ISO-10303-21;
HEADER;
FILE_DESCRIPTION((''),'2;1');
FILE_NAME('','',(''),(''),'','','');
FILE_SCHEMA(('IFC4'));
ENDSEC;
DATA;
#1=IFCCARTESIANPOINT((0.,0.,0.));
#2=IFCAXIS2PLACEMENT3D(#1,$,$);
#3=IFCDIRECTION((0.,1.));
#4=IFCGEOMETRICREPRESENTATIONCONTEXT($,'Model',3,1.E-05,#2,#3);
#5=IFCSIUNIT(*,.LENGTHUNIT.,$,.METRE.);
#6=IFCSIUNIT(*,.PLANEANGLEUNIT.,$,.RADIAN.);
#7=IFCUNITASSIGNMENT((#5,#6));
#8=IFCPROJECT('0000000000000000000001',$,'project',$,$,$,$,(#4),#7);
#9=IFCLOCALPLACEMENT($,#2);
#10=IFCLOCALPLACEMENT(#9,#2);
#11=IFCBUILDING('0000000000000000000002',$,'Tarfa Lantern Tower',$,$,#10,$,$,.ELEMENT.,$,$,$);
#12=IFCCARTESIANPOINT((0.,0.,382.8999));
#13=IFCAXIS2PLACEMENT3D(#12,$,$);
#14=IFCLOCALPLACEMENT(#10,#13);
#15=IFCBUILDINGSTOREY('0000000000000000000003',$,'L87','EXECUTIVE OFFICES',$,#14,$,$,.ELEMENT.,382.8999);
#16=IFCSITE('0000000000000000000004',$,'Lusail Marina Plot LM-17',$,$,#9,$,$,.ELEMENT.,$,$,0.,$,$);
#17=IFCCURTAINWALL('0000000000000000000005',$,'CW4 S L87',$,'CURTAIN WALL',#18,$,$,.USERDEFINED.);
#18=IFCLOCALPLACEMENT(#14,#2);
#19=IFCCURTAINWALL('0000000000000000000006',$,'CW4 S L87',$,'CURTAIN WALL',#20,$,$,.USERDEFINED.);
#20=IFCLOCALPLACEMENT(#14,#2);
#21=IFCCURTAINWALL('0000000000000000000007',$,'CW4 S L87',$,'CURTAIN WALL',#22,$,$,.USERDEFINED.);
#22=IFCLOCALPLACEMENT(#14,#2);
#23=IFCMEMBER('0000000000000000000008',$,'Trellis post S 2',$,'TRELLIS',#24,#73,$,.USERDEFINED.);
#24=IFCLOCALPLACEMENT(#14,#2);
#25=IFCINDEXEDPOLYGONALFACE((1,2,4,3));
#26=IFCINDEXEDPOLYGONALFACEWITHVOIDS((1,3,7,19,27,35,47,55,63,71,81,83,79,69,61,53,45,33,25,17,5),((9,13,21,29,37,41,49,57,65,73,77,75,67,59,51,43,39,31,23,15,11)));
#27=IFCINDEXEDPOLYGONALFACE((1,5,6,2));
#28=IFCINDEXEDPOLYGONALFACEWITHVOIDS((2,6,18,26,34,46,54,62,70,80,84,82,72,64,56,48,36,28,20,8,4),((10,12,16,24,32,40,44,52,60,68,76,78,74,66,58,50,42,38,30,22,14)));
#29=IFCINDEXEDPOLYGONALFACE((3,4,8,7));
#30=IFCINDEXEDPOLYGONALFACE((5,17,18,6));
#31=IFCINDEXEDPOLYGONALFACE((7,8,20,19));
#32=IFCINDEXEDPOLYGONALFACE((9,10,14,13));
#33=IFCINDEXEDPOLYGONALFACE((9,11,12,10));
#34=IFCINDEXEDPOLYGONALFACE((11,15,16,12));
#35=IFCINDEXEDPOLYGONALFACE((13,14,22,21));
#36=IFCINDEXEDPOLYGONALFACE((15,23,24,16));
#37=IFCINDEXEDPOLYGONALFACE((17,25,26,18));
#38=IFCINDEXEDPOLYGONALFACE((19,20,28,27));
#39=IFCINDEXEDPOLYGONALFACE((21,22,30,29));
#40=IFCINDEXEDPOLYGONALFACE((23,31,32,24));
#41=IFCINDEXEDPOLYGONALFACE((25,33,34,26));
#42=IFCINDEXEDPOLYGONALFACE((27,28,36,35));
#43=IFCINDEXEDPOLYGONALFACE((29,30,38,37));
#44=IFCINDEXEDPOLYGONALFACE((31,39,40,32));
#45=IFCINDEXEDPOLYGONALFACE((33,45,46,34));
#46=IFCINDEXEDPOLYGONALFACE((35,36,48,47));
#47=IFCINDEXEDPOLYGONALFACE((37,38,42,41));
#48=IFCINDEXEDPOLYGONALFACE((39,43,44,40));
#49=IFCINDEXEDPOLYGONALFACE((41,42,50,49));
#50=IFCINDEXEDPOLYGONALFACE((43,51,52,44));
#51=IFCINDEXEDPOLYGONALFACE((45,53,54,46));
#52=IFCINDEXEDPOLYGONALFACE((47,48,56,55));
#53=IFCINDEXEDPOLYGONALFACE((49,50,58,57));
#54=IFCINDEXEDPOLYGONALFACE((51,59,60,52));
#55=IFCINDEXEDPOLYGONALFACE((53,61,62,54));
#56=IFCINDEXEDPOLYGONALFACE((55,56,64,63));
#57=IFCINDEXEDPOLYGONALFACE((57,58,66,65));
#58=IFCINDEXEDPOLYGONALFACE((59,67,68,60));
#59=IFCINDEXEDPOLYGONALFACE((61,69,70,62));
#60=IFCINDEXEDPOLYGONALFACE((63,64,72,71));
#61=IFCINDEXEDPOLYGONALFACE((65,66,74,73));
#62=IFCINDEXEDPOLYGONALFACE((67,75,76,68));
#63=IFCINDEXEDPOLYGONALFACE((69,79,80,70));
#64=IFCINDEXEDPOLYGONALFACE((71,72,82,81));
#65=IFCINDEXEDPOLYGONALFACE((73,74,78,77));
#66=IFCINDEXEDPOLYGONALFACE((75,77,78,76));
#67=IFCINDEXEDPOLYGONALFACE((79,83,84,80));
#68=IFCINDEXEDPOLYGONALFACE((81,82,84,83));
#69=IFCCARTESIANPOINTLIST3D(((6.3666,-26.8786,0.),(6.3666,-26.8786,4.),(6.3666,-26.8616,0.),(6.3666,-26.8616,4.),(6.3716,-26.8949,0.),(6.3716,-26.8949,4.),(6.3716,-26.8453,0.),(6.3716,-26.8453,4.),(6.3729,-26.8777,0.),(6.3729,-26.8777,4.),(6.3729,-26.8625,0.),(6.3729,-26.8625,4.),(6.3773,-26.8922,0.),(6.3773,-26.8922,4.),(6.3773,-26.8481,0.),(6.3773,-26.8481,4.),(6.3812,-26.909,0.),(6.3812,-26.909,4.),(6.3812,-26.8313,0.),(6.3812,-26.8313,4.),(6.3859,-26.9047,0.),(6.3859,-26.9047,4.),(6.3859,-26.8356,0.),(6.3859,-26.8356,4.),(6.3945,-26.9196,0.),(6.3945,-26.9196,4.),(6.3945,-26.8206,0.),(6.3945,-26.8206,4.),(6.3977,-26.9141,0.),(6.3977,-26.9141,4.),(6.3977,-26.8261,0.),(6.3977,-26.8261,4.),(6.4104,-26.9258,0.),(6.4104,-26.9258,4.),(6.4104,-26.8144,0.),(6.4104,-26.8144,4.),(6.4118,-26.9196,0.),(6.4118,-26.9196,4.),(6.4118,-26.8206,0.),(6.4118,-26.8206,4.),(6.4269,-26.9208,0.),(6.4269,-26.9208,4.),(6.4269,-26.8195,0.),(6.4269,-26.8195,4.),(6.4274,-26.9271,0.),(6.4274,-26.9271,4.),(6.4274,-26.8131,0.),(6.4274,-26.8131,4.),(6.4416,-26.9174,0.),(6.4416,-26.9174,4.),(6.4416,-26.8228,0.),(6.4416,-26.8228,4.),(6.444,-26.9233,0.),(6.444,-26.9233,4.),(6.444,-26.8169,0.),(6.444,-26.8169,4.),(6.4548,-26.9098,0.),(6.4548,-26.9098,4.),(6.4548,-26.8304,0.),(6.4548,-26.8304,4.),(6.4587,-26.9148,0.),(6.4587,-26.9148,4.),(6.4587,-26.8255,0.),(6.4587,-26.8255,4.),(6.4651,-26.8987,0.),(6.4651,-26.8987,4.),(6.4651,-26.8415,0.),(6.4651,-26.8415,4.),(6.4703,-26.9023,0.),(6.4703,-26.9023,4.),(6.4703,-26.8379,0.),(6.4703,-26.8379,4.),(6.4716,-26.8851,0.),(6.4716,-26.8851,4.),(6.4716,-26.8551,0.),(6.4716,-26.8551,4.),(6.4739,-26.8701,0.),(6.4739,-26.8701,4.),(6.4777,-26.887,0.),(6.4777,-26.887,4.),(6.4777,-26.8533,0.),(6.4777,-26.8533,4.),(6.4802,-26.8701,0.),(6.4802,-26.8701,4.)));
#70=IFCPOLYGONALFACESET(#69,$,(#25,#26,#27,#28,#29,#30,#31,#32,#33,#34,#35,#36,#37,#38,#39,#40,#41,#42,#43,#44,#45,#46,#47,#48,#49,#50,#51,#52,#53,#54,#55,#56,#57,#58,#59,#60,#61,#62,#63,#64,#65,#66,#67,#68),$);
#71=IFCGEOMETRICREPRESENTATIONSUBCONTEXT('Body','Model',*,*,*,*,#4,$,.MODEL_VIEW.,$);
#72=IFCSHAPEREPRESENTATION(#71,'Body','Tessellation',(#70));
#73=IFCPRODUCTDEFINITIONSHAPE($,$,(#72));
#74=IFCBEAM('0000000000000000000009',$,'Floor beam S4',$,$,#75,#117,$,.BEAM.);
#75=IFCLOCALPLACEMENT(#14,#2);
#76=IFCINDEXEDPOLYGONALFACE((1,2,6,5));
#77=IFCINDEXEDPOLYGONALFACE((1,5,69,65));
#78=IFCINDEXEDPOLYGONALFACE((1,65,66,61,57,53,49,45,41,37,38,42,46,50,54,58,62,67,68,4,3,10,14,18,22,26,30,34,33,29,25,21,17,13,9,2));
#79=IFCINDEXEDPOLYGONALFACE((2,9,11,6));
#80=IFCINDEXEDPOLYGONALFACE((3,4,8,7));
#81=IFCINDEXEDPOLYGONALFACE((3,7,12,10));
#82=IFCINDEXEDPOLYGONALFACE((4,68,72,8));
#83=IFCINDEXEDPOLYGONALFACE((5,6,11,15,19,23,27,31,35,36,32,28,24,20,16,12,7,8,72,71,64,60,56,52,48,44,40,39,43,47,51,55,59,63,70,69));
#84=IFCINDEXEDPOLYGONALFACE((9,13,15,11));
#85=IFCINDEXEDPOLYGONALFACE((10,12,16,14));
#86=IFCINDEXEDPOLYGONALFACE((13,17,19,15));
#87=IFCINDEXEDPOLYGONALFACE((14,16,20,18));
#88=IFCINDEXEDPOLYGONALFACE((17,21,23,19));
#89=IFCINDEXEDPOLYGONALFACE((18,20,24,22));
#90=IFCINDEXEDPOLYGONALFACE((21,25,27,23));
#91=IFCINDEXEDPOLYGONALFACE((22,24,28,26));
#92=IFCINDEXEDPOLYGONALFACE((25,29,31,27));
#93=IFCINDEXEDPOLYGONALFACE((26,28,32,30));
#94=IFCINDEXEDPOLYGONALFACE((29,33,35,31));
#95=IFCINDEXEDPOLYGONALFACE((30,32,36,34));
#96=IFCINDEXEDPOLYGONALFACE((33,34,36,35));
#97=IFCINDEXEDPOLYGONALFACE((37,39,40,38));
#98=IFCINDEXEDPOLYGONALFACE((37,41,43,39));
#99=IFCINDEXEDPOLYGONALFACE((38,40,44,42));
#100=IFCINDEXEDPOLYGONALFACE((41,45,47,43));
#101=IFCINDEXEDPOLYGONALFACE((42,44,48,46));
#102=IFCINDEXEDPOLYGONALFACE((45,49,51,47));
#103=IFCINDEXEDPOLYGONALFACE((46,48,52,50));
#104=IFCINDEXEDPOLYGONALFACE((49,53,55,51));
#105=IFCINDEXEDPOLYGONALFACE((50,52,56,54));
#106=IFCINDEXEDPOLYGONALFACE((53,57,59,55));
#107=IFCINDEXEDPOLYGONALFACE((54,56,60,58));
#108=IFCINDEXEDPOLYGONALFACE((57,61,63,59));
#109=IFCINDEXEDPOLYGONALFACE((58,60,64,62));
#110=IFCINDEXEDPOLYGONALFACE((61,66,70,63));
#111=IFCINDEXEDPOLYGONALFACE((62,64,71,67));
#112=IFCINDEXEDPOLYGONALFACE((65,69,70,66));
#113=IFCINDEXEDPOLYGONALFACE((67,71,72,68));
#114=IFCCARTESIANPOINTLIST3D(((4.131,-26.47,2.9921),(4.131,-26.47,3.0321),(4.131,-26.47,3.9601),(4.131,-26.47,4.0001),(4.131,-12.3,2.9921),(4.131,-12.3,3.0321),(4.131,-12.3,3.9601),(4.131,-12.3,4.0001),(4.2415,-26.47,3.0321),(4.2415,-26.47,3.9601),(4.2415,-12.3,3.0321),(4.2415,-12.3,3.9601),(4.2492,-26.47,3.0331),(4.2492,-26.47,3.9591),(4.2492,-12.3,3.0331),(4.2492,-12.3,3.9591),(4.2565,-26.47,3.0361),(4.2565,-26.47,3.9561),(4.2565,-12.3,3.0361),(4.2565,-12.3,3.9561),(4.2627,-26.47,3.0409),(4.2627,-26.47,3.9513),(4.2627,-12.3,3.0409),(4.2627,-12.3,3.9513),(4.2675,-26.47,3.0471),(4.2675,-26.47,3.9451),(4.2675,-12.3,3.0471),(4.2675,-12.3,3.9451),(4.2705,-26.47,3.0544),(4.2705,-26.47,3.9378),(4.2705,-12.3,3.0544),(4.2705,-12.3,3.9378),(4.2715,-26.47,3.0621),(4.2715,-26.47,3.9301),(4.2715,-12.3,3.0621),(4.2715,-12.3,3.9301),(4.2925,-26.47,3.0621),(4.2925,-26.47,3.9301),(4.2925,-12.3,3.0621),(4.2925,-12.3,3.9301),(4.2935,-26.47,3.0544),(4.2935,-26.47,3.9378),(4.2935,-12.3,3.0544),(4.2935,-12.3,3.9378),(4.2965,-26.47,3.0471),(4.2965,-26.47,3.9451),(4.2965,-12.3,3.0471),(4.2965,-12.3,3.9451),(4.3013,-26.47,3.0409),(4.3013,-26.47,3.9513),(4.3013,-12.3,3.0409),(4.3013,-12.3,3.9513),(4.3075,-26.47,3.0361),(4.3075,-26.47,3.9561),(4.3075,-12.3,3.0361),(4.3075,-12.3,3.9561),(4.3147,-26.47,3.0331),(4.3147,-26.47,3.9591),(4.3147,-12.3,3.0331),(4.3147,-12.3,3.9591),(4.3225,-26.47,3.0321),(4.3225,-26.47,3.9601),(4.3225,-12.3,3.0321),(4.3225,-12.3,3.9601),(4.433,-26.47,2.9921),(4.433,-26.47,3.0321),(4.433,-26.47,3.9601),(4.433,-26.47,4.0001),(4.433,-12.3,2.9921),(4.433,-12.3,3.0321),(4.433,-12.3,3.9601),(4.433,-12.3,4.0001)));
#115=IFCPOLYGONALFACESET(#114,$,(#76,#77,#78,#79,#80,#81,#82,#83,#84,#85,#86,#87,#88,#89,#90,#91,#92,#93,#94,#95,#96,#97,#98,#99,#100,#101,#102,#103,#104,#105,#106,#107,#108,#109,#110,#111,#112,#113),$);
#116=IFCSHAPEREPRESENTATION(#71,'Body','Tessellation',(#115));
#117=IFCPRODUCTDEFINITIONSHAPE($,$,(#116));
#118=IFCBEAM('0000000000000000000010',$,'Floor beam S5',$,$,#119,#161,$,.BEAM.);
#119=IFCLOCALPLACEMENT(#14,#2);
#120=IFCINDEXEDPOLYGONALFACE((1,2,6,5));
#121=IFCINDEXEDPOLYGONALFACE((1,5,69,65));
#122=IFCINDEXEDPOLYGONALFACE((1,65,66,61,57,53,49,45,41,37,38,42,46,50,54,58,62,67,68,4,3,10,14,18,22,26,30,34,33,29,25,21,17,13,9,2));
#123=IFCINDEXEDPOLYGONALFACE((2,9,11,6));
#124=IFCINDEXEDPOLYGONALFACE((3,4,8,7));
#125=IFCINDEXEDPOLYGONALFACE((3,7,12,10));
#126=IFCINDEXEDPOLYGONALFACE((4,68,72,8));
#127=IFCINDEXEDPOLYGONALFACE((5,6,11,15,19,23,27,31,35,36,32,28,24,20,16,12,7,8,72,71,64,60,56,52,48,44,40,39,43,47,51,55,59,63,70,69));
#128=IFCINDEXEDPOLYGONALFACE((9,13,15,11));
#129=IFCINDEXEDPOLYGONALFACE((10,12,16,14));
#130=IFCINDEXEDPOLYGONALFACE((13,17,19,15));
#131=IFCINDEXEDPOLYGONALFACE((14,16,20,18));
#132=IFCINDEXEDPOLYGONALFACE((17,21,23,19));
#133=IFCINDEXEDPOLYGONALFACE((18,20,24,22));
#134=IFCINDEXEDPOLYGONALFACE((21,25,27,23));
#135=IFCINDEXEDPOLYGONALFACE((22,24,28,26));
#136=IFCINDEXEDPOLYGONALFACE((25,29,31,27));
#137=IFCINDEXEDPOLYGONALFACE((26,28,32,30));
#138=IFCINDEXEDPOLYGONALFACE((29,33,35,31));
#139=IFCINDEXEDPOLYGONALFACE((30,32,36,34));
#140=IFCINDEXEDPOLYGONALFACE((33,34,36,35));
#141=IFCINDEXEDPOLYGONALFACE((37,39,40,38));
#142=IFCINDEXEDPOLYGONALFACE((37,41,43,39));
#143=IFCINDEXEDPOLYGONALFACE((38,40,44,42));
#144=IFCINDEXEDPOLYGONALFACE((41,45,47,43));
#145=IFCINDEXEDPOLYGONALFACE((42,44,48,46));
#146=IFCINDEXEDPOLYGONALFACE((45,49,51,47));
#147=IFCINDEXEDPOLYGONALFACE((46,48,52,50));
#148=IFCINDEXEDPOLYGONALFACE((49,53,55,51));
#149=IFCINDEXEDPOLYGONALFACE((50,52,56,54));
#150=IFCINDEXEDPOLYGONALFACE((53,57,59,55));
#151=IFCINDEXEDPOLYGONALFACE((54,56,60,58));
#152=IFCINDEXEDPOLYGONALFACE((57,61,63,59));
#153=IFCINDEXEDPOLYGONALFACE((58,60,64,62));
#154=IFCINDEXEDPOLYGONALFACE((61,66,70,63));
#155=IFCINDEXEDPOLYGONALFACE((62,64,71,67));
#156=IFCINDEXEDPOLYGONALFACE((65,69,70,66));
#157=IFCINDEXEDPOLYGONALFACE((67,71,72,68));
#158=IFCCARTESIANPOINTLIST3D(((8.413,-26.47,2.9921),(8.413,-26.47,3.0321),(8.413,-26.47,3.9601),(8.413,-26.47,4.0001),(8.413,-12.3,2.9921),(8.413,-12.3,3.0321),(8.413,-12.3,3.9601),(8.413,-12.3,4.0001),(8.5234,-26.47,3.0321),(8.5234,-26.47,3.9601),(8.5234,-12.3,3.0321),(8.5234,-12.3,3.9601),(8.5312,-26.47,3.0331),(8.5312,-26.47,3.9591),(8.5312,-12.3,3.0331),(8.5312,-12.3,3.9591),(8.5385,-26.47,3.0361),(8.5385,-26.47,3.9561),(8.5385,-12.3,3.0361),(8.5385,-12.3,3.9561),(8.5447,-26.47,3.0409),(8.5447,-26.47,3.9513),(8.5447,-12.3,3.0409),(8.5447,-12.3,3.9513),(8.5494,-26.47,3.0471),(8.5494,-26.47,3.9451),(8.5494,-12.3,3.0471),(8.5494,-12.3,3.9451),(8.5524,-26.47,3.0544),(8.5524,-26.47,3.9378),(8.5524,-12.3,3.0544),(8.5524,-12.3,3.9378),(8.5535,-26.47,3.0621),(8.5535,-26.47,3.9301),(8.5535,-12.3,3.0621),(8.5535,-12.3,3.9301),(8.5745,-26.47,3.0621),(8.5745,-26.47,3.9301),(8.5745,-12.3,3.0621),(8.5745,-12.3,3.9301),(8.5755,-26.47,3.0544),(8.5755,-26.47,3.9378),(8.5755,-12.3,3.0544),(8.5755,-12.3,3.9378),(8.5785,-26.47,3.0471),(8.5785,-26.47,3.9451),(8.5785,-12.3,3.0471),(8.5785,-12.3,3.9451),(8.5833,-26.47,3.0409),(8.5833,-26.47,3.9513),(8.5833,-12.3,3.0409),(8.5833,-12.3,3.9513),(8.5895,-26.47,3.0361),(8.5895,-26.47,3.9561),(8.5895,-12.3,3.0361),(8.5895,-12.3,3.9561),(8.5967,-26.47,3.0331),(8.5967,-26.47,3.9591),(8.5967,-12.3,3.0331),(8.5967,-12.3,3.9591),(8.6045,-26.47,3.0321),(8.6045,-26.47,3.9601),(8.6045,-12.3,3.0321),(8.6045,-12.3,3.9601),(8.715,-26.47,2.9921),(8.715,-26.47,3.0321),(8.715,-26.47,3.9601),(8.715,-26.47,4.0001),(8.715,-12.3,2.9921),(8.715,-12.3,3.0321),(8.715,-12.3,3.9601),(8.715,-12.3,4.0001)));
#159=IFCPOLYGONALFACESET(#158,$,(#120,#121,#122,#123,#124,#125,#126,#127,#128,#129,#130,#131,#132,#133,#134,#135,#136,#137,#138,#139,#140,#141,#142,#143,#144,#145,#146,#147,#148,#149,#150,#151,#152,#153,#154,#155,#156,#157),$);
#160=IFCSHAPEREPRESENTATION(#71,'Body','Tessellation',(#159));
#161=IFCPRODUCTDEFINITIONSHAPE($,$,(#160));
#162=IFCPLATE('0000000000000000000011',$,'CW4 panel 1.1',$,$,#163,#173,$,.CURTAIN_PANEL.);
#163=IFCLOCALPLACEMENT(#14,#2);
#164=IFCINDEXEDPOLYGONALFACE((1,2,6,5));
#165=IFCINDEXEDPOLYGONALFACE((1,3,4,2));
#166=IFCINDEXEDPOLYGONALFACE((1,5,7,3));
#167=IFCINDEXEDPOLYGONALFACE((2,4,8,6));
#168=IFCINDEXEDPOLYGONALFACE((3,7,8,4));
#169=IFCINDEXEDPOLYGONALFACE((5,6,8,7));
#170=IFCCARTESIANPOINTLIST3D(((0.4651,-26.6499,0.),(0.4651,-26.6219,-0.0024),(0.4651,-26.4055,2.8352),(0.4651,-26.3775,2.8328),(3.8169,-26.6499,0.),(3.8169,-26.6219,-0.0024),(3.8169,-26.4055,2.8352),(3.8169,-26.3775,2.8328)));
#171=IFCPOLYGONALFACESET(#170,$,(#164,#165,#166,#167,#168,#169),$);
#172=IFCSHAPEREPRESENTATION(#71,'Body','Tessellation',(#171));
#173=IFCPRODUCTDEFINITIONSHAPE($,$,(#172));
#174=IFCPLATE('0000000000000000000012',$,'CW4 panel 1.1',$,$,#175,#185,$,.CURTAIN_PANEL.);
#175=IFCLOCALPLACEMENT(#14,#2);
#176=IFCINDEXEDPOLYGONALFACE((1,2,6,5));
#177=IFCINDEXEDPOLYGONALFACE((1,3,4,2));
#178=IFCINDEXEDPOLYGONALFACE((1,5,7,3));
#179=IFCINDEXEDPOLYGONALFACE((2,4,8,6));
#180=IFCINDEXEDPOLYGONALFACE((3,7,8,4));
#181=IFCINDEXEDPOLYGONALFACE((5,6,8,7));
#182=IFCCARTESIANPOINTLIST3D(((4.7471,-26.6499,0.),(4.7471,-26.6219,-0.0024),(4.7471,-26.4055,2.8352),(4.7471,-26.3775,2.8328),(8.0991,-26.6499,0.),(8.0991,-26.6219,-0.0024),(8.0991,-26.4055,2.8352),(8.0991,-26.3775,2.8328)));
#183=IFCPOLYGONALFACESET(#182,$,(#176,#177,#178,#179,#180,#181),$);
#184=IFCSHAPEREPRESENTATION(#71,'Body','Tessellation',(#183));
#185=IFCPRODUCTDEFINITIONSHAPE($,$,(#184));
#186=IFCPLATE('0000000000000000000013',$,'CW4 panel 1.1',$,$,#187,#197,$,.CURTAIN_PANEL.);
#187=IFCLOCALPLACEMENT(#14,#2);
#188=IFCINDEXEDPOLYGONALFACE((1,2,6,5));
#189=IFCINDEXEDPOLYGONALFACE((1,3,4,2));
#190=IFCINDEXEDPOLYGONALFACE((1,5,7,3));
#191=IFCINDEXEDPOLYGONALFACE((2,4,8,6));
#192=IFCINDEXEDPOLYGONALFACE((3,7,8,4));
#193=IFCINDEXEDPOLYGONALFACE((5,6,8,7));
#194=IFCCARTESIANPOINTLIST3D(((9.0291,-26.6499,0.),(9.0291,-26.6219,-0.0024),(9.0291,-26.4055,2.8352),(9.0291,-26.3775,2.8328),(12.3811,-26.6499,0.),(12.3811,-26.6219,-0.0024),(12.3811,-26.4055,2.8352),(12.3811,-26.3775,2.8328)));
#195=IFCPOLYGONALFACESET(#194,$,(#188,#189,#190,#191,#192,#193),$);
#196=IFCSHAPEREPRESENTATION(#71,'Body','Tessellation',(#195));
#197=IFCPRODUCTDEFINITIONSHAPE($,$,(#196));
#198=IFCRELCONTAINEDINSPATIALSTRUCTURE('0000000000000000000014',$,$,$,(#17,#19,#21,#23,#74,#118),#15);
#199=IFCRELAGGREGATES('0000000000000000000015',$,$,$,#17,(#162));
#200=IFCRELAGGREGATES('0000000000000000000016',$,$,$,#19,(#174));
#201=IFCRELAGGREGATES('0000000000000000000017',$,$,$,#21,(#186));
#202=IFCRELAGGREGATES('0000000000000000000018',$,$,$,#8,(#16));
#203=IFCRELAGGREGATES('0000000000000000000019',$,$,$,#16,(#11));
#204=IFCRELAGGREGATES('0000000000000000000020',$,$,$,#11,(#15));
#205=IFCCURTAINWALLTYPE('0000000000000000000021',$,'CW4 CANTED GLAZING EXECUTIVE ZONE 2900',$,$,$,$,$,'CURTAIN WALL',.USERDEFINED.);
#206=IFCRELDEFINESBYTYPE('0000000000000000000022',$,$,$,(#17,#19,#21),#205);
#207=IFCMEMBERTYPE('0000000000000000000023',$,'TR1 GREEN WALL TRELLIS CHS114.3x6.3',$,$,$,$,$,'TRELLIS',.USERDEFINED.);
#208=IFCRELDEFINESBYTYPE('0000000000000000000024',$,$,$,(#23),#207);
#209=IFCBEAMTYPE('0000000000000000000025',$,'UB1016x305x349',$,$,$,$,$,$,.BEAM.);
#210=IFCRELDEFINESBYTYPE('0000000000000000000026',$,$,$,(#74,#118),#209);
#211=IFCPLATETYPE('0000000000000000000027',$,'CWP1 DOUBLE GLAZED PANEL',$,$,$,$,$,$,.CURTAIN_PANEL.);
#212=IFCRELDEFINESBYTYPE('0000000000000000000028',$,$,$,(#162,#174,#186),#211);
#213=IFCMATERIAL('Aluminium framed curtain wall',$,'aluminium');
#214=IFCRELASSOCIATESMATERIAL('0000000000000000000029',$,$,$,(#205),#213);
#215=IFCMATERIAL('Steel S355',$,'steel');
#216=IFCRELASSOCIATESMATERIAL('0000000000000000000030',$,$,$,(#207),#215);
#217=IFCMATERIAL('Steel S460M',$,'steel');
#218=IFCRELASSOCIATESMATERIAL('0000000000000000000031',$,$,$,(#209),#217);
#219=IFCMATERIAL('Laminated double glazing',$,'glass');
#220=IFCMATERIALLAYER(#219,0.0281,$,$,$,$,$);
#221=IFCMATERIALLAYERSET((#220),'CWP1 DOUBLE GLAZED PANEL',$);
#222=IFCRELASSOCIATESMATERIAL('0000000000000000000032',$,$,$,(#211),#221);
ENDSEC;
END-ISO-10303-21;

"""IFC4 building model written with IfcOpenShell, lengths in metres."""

from ifc_helpers import new_model, si_unit, direction, frame, origin, origin_2d, place, context, subcontext, project, spatial, polyline, hollow_circle, i_section, outline, extrude, material, layer, layer_set, material_profile, profile_set, type_object, element, aggregate, save


model = new_model("IFC4")

# Units and contexts
model_context = context("Model", 3, precision=1e-05, world=origin(), true_north=direction((0.0, 1.0)))
body_context = subcontext(model_context, "Body", "Model", "MODEL_VIEW")
ifc_project = project(units=[si_unit("LENGTHUNIT", "METRE"), si_unit("PLANEANGLEUNIT", "RADIAN")], contexts=[model_context])

# Site, building, storey
site_placement = place(None, origin())
site = spatial("IfcSite", under=ifc_project, at=site_placement, Name="Lusail Marina Plot LM-17", CompositionType="ELEMENT", RefElevation=0.0)
building_placement = place(site_placement, origin())
building = spatial("IfcBuilding", under=site, at=building_placement, Name="Tarfa Lantern Tower", CompositionType="ELEMENT")
storey_placement = place(building_placement, frame((0.0, 0.0, 382.8999)))
storey = spatial("IfcBuildingStorey", under=building, at=storey_placement, Name="L87", Description="EXECUTIVE OFFICES", CompositionType="ELEMENT", Elevation=382.8999)

# Curtain walls
ifc_material_1 = material(Name="Aluminium framed curtain wall", Category="aluminium")
curtain_wall_type = type_object("IfcCurtainWallType", Name="CW4 CANTED GLAZING EXECUTIVE ZONE 2900", ElementType="CURTAIN WALL", PredefinedType="USERDEFINED", material=ifc_material_1)
curtain_wall_1_placement = place(storey_placement, origin())
curtain_wall_1 = element("IfcCurtainWall", 1, at=curtain_wall_1_placement, inside=storey, type_object=curtain_wall_type, Name="CW4 S L87", ObjectType="CURTAIN WALL", PredefinedType="USERDEFINED")
curtain_wall_2_placement = place(storey_placement, origin())
curtain_wall_2 = element("IfcCurtainWall", 2, at=curtain_wall_2_placement, inside=storey, type_object=curtain_wall_type, Name="CW4 S L87", ObjectType="CURTAIN WALL", PredefinedType="USERDEFINED")
curtain_wall_3_placement = place(storey_placement, origin())
curtain_wall_3 = element("IfcCurtainWall", 3, at=curtain_wall_3_placement, inside=storey, type_object=curtain_wall_type, Name="CW4 S L87", ObjectType="CURTAIN WALL", PredefinedType="USERDEFINED")

# Member
ifc_material_2 = material(Name="Steel S355", Category="steel")
ifc_material_profile_1 = material_profile(ifc_material_2, hollow_circle(Radius=0.0571, WallThickness=0.0063, at=origin_2d()), Name="CHS114.3x6.3")
ifc_profile_set_1 = profile_set([ifc_material_profile_1], Name="Steel S355")
member_type_1 = type_object("IfcMemberType", Name="TR1 GREEN WALL TRELLIS CHS114.3x6.3", ElementType="TRELLIS", PredefinedType="USERDEFINED", material=ifc_profile_set_1)
member_1_placement = place(storey_placement, frame((6.4231, -26.8701, 0.0), z_axis=(0.0, 0.0, 1.0), x_axis=(1.0, 0.0, 0.0)))
element("IfcMember", 4, at=member_1_placement, inside=storey, type_object=member_type_1, Name="Trellis post S 2", ObjectType="TRELLIS", PredefinedType="USERDEFINED", context=body_context, shape_type="SweptSolid", body=[
    extrude(hollow_circle(Radius=0.0571, WallThickness=0.0063, at=origin_2d()), origin(), (0.0, 0.0, 1.0), 4.0),
])

# Beams
ifc_material_3 = material(Name="Steel S460M", Category="steel")
ifc_material_profile_2 = material_profile(ifc_material_3, i_section(OverallWidth=0.302, OverallDepth=1.0081, WebThickness=0.021, FlangeThickness=0.04, FilletRadius=0.03, at=origin_2d()), Name="UB1016x305x349")
ifc_profile_set_2 = profile_set([ifc_material_profile_2], Name="Steel S460M")
beam_type_1 = type_object("IfcBeamType", Name="UB1016x305x349", PredefinedType="BEAM", material=ifc_profile_set_2)
for number, where, z_axis, x_axis, name in (
    (5, (4.282, -26.47, 3.4961), (0.0, 1.0, 0.0), (-1.0, 0.0, 0.0), "Floor beam S4"),
    (6, (8.564, -26.47, 3.4961), (0.0, 1.0, 0.0), (-1.0, 0.0, 0.0), "Floor beam S5"),
):
    element("IfcBeam", number, at=place(storey_placement, frame(where, z_axis=z_axis, x_axis=x_axis)), inside=storey, type_object=beam_type_1, Name=name, PredefinedType="BEAM", context=body_context, shape_type="SweptSolid", body=[
        extrude(i_section(OverallWidth=0.302, OverallDepth=1.0081, WebThickness=0.021, FlangeThickness=0.04, FilletRadius=0.03, at=origin_2d()), origin(), (0.0, 0.0, 1.0), 14.1699),
    ])

# Plates
ifc_material_4 = material(Name="Laminated double glazing", Category="glass")
ifc_layer_1 = layer(ifc_material_4, 0.0281)
ifc_layer_set_1 = layer_set([ifc_layer_1], Name="CWP1 DOUBLE GLAZED PANEL")
plate_type = type_object("IfcPlateType", Name="CWP1 DOUBLE GLAZED PANEL", PredefinedType="CURTAIN_PANEL", material=ifc_layer_set_1)
plate_1_placement = place(storey_placement, frame((0.4651, -26.6499, 0.0), z_axis=(0.0, -0.996306, 0.085878), x_axis=(1.0, 0.0, 0.0)))
plate_1 = element("IfcPlate", 7, at=plate_1_placement, type_object=plate_type, Name="CW4 panel 1.1", PredefinedType="CURTAIN_PANEL", context=body_context, shape_type="SweptSolid", body=[
    extrude(outline(polyline([(0.0, 0.0), (3.3518, 0.0), (3.3518, 2.8457), (0.0, 2.8457), (0.0, 0.0)])), origin(), (0.0, 0.0, -1.0), 0.0281),
])
aggregate(curtain_wall_1, [plate_1])
plate_2_placement = place(storey_placement, frame((4.7471, -26.6499, 0.0), z_axis=(0.0, -0.996306, 0.085878), x_axis=(1.0, 0.0, 0.0)))
plate_2 = element("IfcPlate", 8, at=plate_2_placement, type_object=plate_type, Name="CW4 panel 1.1", PredefinedType="CURTAIN_PANEL", context=body_context, shape_type="SweptSolid", body=[
    extrude(outline(polyline([(0.0, 0.0), (3.3521, 0.0), (3.3521, 2.8457), (0.0, 2.8457), (0.0, 0.0)])), origin(), (0.0, 0.0, -1.0), 0.0281),
])
aggregate(curtain_wall_2, [plate_2])
plate_3_placement = place(storey_placement, frame((9.0291, -26.6499, 0.0), z_axis=(0.0, -0.996306, 0.085878), x_axis=(1.0, 0.0, 0.0)))
plate_3 = element("IfcPlate", 9, at=plate_3_placement, type_object=plate_type, Name="CW4 panel 1.1", PredefinedType="CURTAIN_PANEL", context=body_context, shape_type="SweptSolid", body=[
    extrude(outline(polyline([(0.0, 0.0), (3.3521, 0.0), (3.3521, 2.8457), (0.0, 2.8457), (0.0, 0.0)])), origin(), (0.0, 0.0, -1.0), 0.0281),
])
aggregate(curtain_wall_3, [plate_3])

save(model, "model.ifc")
